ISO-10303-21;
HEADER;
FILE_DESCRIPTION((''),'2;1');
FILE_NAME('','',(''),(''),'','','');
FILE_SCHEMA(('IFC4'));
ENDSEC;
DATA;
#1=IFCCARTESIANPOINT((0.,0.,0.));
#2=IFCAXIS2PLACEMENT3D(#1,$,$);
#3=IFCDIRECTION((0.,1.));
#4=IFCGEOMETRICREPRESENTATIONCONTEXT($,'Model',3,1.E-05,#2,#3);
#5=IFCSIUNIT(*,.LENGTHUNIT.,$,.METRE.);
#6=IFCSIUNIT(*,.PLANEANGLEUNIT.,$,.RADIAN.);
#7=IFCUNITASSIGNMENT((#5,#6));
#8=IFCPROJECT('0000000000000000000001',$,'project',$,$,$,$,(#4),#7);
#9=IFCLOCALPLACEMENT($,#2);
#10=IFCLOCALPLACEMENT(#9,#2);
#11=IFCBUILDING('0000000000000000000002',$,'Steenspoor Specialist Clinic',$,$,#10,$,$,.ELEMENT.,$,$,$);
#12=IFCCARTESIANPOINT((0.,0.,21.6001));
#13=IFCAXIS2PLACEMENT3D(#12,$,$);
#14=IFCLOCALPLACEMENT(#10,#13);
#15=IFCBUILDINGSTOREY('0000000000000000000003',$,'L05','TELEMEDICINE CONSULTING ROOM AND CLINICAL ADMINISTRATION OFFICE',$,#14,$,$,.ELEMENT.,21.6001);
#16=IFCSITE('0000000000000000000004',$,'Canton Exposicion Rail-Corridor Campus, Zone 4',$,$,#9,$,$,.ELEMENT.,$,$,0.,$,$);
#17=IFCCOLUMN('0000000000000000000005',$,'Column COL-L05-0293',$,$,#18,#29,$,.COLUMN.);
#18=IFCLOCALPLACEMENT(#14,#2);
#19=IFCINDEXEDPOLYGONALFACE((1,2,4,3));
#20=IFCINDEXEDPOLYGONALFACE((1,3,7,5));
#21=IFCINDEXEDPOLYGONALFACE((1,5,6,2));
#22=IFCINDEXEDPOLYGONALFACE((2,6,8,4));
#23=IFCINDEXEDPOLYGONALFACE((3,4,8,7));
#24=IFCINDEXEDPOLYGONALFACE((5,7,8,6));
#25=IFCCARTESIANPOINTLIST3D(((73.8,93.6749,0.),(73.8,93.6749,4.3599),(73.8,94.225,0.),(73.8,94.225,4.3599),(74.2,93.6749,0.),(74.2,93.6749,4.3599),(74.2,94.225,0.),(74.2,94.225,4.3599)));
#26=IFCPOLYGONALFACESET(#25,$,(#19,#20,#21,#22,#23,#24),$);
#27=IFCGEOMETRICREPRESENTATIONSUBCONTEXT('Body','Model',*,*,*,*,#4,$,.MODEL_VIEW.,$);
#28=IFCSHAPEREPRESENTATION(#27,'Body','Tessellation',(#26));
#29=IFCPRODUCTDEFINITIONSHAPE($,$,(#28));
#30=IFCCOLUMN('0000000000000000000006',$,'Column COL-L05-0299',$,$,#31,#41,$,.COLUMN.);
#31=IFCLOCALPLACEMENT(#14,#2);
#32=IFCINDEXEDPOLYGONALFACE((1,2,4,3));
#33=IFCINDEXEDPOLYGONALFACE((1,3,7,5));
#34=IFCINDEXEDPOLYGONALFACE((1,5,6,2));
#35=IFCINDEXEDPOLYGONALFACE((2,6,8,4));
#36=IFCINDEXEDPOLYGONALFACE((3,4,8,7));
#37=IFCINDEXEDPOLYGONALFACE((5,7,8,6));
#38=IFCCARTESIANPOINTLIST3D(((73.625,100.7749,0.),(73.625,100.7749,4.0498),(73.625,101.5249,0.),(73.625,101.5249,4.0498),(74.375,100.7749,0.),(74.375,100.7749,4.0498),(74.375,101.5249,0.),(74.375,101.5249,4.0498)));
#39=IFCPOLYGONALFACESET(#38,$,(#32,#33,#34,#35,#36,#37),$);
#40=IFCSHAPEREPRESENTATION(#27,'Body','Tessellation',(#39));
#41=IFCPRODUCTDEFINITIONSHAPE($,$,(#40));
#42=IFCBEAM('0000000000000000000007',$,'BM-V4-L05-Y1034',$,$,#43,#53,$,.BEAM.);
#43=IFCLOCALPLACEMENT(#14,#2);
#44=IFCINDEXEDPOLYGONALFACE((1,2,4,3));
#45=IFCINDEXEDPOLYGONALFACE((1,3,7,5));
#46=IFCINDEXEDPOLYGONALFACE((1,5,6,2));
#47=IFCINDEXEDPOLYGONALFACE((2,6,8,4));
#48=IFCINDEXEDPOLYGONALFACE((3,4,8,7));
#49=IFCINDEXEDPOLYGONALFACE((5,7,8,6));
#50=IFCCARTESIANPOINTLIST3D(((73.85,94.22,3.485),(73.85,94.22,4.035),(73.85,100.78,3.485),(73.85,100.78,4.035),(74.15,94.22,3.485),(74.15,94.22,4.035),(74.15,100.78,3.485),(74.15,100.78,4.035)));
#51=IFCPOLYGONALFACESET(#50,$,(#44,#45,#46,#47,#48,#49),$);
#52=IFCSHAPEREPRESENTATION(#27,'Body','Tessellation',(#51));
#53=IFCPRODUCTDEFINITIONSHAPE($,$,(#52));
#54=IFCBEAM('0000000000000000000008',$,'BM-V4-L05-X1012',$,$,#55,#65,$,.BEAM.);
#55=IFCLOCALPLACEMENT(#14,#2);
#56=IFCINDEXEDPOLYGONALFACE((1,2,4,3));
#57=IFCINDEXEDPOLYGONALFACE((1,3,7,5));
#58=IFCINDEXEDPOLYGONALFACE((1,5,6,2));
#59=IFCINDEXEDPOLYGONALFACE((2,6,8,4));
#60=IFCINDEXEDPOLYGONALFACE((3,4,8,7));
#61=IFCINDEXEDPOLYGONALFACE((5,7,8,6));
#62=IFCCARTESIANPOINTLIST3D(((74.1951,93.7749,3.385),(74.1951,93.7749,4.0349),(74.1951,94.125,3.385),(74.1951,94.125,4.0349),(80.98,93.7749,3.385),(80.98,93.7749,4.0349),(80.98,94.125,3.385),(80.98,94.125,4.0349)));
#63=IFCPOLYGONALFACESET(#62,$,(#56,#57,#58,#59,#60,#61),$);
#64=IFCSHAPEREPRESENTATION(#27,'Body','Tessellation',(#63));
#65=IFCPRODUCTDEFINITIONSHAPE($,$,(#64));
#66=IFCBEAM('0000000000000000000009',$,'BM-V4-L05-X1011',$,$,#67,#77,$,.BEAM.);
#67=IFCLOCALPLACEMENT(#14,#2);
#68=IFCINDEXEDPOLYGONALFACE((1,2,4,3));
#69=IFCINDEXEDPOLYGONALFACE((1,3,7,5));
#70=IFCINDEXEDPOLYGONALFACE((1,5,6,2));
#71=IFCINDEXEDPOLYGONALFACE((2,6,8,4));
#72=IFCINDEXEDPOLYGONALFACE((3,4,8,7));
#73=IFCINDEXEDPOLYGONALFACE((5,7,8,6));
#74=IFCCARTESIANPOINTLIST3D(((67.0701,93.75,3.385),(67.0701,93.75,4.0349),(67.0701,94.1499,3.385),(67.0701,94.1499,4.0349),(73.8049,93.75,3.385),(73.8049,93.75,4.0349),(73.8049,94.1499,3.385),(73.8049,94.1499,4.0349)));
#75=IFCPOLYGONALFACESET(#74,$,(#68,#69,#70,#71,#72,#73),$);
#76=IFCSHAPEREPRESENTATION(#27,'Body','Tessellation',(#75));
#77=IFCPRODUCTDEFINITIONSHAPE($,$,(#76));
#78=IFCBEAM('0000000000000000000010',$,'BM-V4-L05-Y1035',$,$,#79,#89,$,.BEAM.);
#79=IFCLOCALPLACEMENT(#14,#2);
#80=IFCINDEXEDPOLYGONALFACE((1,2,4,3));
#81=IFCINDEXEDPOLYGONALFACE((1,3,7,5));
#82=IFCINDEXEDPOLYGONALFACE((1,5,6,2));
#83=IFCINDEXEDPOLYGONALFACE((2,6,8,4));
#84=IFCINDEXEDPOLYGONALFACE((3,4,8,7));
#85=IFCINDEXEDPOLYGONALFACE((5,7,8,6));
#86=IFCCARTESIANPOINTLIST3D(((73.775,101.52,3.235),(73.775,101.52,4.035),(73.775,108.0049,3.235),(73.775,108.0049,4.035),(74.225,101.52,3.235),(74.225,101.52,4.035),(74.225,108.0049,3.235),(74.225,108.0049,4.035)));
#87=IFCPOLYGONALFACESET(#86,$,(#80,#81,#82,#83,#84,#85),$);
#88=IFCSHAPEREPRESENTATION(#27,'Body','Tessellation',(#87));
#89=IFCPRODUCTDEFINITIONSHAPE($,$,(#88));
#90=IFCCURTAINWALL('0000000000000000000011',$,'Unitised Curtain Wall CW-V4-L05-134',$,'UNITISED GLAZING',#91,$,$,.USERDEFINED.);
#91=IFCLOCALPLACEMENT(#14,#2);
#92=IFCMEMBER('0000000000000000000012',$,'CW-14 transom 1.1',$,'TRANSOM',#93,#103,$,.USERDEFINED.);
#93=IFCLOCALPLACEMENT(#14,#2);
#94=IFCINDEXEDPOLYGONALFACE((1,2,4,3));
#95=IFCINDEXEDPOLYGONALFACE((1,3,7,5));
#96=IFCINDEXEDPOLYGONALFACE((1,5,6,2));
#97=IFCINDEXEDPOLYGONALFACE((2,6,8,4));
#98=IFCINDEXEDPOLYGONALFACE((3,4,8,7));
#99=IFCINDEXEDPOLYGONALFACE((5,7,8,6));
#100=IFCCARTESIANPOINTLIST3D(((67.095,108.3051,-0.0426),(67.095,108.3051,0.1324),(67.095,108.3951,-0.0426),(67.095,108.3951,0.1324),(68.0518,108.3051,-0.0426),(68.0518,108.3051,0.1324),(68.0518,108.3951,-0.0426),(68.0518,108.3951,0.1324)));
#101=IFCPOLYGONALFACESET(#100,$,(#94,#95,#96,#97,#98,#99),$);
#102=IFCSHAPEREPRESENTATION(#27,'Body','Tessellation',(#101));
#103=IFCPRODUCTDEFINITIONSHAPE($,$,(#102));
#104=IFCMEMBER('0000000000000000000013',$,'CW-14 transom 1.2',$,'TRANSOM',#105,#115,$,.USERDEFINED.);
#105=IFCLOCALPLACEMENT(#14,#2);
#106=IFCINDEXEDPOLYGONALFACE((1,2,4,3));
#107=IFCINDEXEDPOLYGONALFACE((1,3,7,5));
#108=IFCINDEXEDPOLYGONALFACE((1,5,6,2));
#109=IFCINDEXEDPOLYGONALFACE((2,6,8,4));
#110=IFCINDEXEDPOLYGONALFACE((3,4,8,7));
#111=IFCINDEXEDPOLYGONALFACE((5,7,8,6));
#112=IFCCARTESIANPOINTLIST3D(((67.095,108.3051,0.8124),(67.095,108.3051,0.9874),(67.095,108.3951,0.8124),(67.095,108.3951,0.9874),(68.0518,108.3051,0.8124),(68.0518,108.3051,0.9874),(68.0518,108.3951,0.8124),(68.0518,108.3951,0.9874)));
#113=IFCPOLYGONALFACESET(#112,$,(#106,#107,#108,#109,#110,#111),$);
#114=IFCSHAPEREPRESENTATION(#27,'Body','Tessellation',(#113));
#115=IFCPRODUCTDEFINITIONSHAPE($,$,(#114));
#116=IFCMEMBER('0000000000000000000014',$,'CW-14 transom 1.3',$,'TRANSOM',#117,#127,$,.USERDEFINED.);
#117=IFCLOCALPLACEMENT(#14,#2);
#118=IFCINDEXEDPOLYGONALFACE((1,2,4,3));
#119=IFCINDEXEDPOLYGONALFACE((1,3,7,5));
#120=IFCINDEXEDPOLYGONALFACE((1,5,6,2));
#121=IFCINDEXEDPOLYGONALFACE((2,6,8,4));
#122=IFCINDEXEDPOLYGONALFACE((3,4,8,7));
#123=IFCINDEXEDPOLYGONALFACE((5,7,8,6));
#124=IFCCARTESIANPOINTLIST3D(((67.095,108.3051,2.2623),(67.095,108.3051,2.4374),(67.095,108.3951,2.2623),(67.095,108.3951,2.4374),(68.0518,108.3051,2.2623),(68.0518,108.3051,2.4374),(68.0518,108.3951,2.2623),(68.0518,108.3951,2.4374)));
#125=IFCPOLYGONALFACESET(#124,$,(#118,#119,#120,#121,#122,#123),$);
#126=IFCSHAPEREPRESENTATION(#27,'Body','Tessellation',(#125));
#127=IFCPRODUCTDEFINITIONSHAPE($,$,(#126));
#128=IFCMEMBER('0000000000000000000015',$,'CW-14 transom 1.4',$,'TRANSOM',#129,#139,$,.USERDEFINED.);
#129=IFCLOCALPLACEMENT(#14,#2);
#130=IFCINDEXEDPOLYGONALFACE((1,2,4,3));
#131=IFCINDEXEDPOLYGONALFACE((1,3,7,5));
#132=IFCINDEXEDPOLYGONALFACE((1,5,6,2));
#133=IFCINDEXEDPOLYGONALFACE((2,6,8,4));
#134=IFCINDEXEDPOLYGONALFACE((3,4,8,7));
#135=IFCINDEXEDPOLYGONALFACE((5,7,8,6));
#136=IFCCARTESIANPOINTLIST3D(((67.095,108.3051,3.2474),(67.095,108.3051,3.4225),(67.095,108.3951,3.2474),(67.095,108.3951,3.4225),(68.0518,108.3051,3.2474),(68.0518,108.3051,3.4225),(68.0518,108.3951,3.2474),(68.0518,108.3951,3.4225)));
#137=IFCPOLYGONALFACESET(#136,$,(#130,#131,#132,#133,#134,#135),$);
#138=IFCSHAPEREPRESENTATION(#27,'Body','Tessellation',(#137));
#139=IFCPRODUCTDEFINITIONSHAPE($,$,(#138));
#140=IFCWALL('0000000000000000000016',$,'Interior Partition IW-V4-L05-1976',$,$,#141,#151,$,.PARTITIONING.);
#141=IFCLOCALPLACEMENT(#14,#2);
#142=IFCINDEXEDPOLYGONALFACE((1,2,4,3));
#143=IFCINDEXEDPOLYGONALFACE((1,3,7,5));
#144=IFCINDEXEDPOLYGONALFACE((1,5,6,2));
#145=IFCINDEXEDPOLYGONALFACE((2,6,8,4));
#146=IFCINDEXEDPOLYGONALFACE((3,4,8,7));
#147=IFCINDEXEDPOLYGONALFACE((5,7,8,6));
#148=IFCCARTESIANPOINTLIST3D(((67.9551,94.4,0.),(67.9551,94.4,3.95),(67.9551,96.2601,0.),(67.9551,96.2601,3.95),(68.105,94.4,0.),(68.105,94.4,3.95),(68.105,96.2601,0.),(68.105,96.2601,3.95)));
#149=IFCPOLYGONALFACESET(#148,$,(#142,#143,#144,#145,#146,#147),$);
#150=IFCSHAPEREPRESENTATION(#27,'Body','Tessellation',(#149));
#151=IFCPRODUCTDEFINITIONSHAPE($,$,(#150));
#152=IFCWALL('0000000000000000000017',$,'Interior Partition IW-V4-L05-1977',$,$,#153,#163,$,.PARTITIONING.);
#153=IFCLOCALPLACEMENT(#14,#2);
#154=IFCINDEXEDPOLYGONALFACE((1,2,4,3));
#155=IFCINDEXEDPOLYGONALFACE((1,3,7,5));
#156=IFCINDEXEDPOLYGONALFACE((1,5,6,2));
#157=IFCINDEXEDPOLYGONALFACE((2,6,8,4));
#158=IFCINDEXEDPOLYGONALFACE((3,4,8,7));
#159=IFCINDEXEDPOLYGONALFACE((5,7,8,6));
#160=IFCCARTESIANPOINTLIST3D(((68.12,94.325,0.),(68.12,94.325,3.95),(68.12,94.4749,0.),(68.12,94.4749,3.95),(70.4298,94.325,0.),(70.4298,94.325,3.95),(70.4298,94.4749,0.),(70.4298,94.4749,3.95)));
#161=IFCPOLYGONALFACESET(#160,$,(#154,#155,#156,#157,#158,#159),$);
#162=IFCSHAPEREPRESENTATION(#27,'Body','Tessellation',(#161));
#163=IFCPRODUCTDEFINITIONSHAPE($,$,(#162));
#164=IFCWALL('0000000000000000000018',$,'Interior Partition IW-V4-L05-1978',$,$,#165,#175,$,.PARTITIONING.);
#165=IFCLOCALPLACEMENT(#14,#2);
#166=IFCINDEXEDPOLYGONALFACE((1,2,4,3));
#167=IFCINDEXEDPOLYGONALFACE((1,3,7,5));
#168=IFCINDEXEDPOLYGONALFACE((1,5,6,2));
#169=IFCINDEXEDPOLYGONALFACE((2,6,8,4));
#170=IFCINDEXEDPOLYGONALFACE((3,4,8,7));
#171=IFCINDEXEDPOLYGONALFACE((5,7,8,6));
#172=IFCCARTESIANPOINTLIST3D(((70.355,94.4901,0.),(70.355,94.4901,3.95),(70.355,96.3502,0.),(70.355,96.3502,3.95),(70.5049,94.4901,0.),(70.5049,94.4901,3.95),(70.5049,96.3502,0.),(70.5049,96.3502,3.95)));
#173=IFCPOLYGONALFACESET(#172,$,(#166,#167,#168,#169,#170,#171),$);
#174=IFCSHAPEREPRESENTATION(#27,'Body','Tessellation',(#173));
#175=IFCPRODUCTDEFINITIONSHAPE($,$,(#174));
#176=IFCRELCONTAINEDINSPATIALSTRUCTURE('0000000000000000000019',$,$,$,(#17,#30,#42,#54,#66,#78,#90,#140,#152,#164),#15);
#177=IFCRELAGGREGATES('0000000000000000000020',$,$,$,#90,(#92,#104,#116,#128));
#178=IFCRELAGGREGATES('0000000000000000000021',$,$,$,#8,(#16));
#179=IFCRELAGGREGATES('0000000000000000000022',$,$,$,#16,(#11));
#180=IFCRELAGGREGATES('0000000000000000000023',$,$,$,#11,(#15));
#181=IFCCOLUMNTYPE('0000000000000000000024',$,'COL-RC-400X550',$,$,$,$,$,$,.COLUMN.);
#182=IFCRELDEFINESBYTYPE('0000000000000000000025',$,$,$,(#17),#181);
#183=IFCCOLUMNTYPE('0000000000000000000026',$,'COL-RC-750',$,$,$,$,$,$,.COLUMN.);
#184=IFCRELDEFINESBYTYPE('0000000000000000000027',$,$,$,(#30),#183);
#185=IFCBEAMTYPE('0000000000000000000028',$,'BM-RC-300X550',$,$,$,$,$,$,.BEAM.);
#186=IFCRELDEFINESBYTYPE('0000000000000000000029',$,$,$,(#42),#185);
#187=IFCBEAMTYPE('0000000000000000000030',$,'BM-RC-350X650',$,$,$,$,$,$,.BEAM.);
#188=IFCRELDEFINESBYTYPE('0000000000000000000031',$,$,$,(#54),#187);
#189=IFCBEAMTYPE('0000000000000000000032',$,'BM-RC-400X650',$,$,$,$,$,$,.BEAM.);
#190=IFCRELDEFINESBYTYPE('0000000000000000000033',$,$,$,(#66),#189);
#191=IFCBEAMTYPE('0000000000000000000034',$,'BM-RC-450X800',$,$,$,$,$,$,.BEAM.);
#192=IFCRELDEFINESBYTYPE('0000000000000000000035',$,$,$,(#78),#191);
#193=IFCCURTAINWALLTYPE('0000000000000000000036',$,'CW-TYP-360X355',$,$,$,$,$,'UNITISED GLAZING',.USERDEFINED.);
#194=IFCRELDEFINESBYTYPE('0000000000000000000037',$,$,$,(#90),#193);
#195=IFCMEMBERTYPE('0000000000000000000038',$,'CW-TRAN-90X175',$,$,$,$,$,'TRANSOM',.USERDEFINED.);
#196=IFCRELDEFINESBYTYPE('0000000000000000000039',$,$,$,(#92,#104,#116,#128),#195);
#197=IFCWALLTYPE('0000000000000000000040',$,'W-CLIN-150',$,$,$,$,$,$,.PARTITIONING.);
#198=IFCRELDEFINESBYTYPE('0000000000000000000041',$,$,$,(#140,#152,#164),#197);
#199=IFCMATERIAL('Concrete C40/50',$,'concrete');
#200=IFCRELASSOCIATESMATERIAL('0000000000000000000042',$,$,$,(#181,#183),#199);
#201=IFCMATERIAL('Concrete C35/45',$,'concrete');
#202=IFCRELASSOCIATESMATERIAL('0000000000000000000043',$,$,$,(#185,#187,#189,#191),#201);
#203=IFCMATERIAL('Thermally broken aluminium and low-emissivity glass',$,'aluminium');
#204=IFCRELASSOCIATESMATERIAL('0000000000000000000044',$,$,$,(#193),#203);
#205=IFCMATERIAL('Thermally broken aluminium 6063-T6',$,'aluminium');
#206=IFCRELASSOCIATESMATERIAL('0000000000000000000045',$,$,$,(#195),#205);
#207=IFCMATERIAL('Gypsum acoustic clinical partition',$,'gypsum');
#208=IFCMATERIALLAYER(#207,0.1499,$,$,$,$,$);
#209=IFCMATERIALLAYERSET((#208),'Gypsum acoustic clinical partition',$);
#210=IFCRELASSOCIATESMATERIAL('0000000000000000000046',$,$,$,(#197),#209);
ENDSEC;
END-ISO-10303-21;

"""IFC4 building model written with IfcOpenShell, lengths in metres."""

from ifc_helpers import new_model, si_unit, direction, frame, frame_2d, origin, origin_2d, place, context, subcontext, project, spatial, rectangle, extrude, material, layer, layer_set, material_profile, profile_set, type_object, element, aggregate, save


model = new_model("IFC4")

# Units and contexts
model_context = context("Model", 3, precision=1e-05, world=origin(), true_north=direction((0.0, 1.0)))
body_context = subcontext(model_context, "Body", "Model", "MODEL_VIEW")
ifc_project = project(units=[si_unit("LENGTHUNIT", "METRE"), si_unit("PLANEANGLEUNIT", "RADIAN")], contexts=[model_context])

# Site, building, storey
site_placement = place(None, origin())
site = spatial("IfcSite", under=ifc_project, at=site_placement, Name="Canton Exposicion Rail-Corridor Campus, Zone 4", CompositionType="ELEMENT", RefElevation=0.0)
building_placement = place(site_placement, origin())
building = spatial("IfcBuilding", under=site, at=building_placement, Name="Steenspoor Specialist Clinic", CompositionType="ELEMENT")
storey_placement = place(building_placement, frame((0.0, 0.0, 21.6001)))
storey = spatial("IfcBuildingStorey", under=building, at=storey_placement, Name="L05", Description="TELEMEDICINE CONSULTING ROOM AND CLINICAL ADMINISTRATION OFFICE", CompositionType="ELEMENT", Elevation=21.6001)

# Columns
ifc_material_1 = material(Name="Concrete C40/50", Category="concrete")
ifc_material_profile_1 = material_profile(ifc_material_1, rectangle(XDim=0.3999, YDim=0.55, at=origin_2d()), Name="RC-COL-400X550")
ifc_profile_set_1 = profile_set([ifc_material_profile_1], Name="Concrete C40/50")
column_type_1 = type_object("IfcColumnType", Name="COL-RC-400X550", PredefinedType="COLUMN", material=ifc_profile_set_1)
column_1_placement = place(storey_placement, frame((74.0, 93.95, 0.0), z_axis=(0.0, 0.0, 1.0), x_axis=(1.0, 0.0, 0.0)))
element("IfcColumn", 1, at=column_1_placement, inside=storey, type_object=column_type_1, Name="Column COL-L05-0293", PredefinedType="COLUMN", context=body_context, shape_type="SweptSolid", body=[
    extrude(rectangle(XDim=0.3999, YDim=0.55, at=origin_2d()), origin(), (0.0, 0.0, 1.0), 4.3599),
])
ifc_material_profile_2 = material_profile(ifc_material_1, rectangle(XDim=0.75, YDim=0.75, at=origin_2d()), Name="RC-COL-750X750")
ifc_profile_set_2 = profile_set([ifc_material_profile_2], Name="Concrete C40/50")
column_type_2 = type_object("IfcColumnType", Name="COL-RC-750", PredefinedType="COLUMN", material=ifc_profile_set_2)
column_2_placement = place(storey_placement, frame((74.0, 101.1499, 0.0), z_axis=(0.0, 0.0, 1.0), x_axis=(1.0, 0.0, 0.0)))
element("IfcColumn", 2, at=column_2_placement, inside=storey, type_object=column_type_2, Name="Column COL-L05-0299", PredefinedType="COLUMN", context=body_context, shape_type="SweptSolid", body=[
    extrude(rectangle(XDim=0.75, YDim=0.75, at=origin_2d()), origin(), (0.0, 0.0, 1.0), 4.0498),
])

# Beams
ifc_material_2 = material(Name="Concrete C35/45", Category="concrete")
ifc_material_profile_3 = material_profile(ifc_material_2, rectangle(XDim=0.3, YDim=0.55, at=origin_2d()), Name="RC-BM-300X550")
ifc_profile_set_3 = profile_set([ifc_material_profile_3], Name="Concrete C35/45")
beam_type_1 = type_object("IfcBeamType", Name="BM-RC-300X550", PredefinedType="BEAM", material=ifc_profile_set_3)
beam_1_placement = place(storey_placement, frame((74.0, 94.22, 3.76), z_axis=(0.0, 1.0, 0.0), x_axis=(-1.0, 0.0, 0.0)))
element("IfcBeam", 3, at=beam_1_placement, inside=storey, type_object=beam_type_1, Name="BM-V4-L05-Y1034", PredefinedType="BEAM", context=body_context, shape_type="SweptSolid", body=[
    extrude(rectangle(XDim=0.3, YDim=0.55, at=origin_2d()), origin(), (0.0, 0.0, 1.0), 6.5601),
])
ifc_material_profile_4 = material_profile(ifc_material_2, rectangle(XDim=0.3501, YDim=0.6499, at=origin_2d()), Name="RC-BM-350X650")
ifc_profile_set_4 = profile_set([ifc_material_profile_4], Name="Concrete C35/45")
beam_type_2 = type_object("IfcBeamType", Name="BM-RC-350X650", PredefinedType="BEAM", material=ifc_profile_set_4)
beam_2_placement = place(storey_placement, frame((74.1951, 93.95, 3.71), z_axis=(1.0, 0.0, 0.0), x_axis=(0.0, 1.0, 0.0)))
element("IfcBeam", 4, at=beam_2_placement, inside=storey, type_object=beam_type_2, Name="BM-V4-L05-X1012", PredefinedType="BEAM", context=body_context, shape_type="SweptSolid", body=[
    extrude(rectangle(XDim=0.3501, YDim=0.6499, at=origin_2d()), origin(), (0.0, 0.0, 1.0), 6.7849),
])
ifc_material_profile_5 = material_profile(ifc_material_2, rectangle(XDim=0.3999, YDim=0.6499, at=origin_2d()), Name="RC-BM-400X650")
ifc_profile_set_5 = profile_set([ifc_material_profile_5], Name="Concrete C35/45")
beam_type_3 = type_object("IfcBeamType", Name="BM-RC-400X650", PredefinedType="BEAM", material=ifc_profile_set_5)
beam_3_placement = place(storey_placement, frame((67.0701, 93.95, 3.71), z_axis=(1.0, 0.0, 0.0), x_axis=(0.0, 1.0, 0.0)))
element("IfcBeam", 5, at=beam_3_placement, inside=storey, type_object=beam_type_3, Name="BM-V4-L05-X1011", PredefinedType="BEAM", context=body_context, shape_type="SweptSolid", body=[
    extrude(rectangle(XDim=0.3999, YDim=0.6499, at=origin_2d()), origin(), (0.0, 0.0, 1.0), 6.7349),
])
ifc_material_profile_6 = material_profile(ifc_material_2, rectangle(XDim=0.45, YDim=0.8, at=origin_2d()), Name="RC-BM-450X800")
ifc_profile_set_6 = profile_set([ifc_material_profile_6], Name="Concrete C35/45")
beam_type_4 = type_object("IfcBeamType", Name="BM-RC-450X800", PredefinedType="BEAM", material=ifc_profile_set_6)
beam_4_placement = place(storey_placement, frame((74.0, 101.52, 3.635), z_axis=(0.0, 1.0, 0.0), x_axis=(-1.0, 0.0, 0.0)))
element("IfcBeam", 6, at=beam_4_placement, inside=storey, type_object=beam_type_4, Name="BM-V4-L05-Y1035", PredefinedType="BEAM", context=body_context, shape_type="SweptSolid", body=[
    extrude(rectangle(XDim=0.45, YDim=0.8, at=origin_2d()), origin(), (0.0, 0.0, 1.0), 6.4849),
])

# Curtain wall, members
ifc_material_3 = material(Name="Thermally broken aluminium and low-emissivity glass", Category="aluminium")
curtain_wall_type = type_object("IfcCurtainWallType", Name="CW-TYP-360X355", ElementType="UNITISED GLAZING", PredefinedType="USERDEFINED", material=ifc_material_3)
curtain_wall_placement = place(storey_placement, origin())
curtain_wall = element("IfcCurtainWall", 7, at=curtain_wall_placement, inside=storey, type_object=curtain_wall_type, Name="Unitised Curtain Wall CW-V4-L05-134", ObjectType="UNITISED GLAZING", PredefinedType="USERDEFINED")
ifc_material_4 = material(Name="Thermally broken aluminium 6063-T6", Category="aluminium")
ifc_material_profile_7 = material_profile(ifc_material_4, rectangle(XDim=0.0901, YDim=0.175, at=origin_2d()), Name="CWT-90X175")
ifc_profile_set_7 = profile_set([ifc_material_profile_7], Name="Thermally broken aluminium 6063-T6")
member_type = type_object("IfcMemberType", Name="CW-TRAN-90X175", ElementType="TRANSOM", PredefinedType="USERDEFINED", material=ifc_profile_set_7)
member_1_placement = place(storey_placement, frame((67.095, 108.3501, 0.0449), z_axis=(1.0, 0.0, 0.0), x_axis=(0.0, 1.0, 0.0)))
member_1 = element("IfcMember", 8, at=member_1_placement, type_object=member_type, Name="CW-14 transom 1.1", ObjectType="TRANSOM", PredefinedType="USERDEFINED", context=body_context, shape_type="SweptSolid", body=[
    extrude(rectangle(XDim=0.0901, YDim=0.175, at=origin_2d()), origin(), (0.0, 0.0, 1.0), 0.9568),
])
member_2_placement = place(storey_placement, frame((67.095, 108.3501, 0.8999), z_axis=(1.0, 0.0, 0.0), x_axis=(0.0, 1.0, 0.0)))
member_2 = element("IfcMember", 9, at=member_2_placement, type_object=member_type, Name="CW-14 transom 1.2", ObjectType="TRANSOM", PredefinedType="USERDEFINED", context=body_context, shape_type="SweptSolid", body=[
    extrude(rectangle(XDim=0.0901, YDim=0.175, at=origin_2d()), origin(), (0.0, 0.0, 1.0), 0.9568),
])
member_3_placement = place(storey_placement, frame((67.095, 108.3501, 2.3499), z_axis=(1.0, 0.0, 0.0), x_axis=(0.0, 1.0, 0.0)))
member_3 = element("IfcMember", 10, at=member_3_placement, type_object=member_type, Name="CW-14 transom 1.3", ObjectType="TRANSOM", PredefinedType="USERDEFINED", context=body_context, shape_type="SweptSolid", body=[
    extrude(rectangle(XDim=0.0901, YDim=0.175, at=origin_2d()), origin(), (0.0, 0.0, 1.0), 0.9568),
])
member_4_placement = place(storey_placement, frame((67.095, 108.3501, 3.335), z_axis=(1.0, 0.0, 0.0), x_axis=(0.0, 1.0, 0.0)))
member_4 = element("IfcMember", 11, at=member_4_placement, type_object=member_type, Name="CW-14 transom 1.4", ObjectType="TRANSOM", PredefinedType="USERDEFINED", context=body_context, shape_type="SweptSolid", body=[
    extrude(rectangle(XDim=0.0901, YDim=0.175, at=origin_2d()), origin(), (0.0, 0.0, 1.0), 0.9568),
])
aggregate(curtain_wall, [member_1, member_2, member_3, member_4])

# Walls
ifc_material_5 = material(Name="Gypsum acoustic clinical partition", Category="gypsum")
ifc_layer_1 = layer(ifc_material_5, 0.1499)
ifc_layer_set_1 = layer_set([ifc_layer_1], Name="Gypsum acoustic clinical partition")
wall_type_1 = type_object("IfcWallType", Name="W-CLIN-150", PredefinedType="PARTITIONING", material=ifc_layer_set_1)
wall_1_placement = place(storey_placement, frame((68.03, 94.3999, 0.0), z_axis=(0.0, 0.0, 1.0), x_axis=(0.0, 1.0, 0.0)))
element("IfcWall", 12, at=wall_1_placement, inside=storey, type_object=wall_type_1, Name="Interior Partition IW-V4-L05-1976", PredefinedType="PARTITIONING", context=body_context, shape_type="SweptSolid", body=[
    extrude(rectangle(XDim=1.8601, YDim=0.1499, at=frame_2d((0.9302, 0.0))), origin(), (0.0, 0.0, 1.0), 3.95),
])
wall_2_placement = place(storey_placement, frame((68.1201, 94.3999, 0.0), z_axis=(0.0, 0.0, 1.0), x_axis=(1.0, 0.0, 0.0)))
element("IfcWall", 13, at=wall_2_placement, inside=storey, type_object=wall_type_1, Name="Interior Partition IW-V4-L05-1977", PredefinedType="PARTITIONING", context=body_context, shape_type="SweptSolid", body=[
    extrude(rectangle(XDim=2.3098, YDim=0.1499, at=frame_2d((1.1548, 0.0))), origin(), (0.0, 0.0, 1.0), 3.95),
])
wall_3_placement = place(storey_placement, frame((70.4299, 94.49, 0.0), z_axis=(0.0, 0.0, 1.0), x_axis=(0.0, 1.0, 0.0)))
element("IfcWall", 14, at=wall_3_placement, inside=storey, type_object=wall_type_1, Name="Interior Partition IW-V4-L05-1978", PredefinedType="PARTITIONING", context=body_context, shape_type="SweptSolid", body=[
    extrude(rectangle(XDim=1.8601, YDim=0.1499, at=frame_2d((0.9302, 0.0))), origin(), (0.0, 0.0, 1.0), 3.95),
])

save(model, "model.ifc")
